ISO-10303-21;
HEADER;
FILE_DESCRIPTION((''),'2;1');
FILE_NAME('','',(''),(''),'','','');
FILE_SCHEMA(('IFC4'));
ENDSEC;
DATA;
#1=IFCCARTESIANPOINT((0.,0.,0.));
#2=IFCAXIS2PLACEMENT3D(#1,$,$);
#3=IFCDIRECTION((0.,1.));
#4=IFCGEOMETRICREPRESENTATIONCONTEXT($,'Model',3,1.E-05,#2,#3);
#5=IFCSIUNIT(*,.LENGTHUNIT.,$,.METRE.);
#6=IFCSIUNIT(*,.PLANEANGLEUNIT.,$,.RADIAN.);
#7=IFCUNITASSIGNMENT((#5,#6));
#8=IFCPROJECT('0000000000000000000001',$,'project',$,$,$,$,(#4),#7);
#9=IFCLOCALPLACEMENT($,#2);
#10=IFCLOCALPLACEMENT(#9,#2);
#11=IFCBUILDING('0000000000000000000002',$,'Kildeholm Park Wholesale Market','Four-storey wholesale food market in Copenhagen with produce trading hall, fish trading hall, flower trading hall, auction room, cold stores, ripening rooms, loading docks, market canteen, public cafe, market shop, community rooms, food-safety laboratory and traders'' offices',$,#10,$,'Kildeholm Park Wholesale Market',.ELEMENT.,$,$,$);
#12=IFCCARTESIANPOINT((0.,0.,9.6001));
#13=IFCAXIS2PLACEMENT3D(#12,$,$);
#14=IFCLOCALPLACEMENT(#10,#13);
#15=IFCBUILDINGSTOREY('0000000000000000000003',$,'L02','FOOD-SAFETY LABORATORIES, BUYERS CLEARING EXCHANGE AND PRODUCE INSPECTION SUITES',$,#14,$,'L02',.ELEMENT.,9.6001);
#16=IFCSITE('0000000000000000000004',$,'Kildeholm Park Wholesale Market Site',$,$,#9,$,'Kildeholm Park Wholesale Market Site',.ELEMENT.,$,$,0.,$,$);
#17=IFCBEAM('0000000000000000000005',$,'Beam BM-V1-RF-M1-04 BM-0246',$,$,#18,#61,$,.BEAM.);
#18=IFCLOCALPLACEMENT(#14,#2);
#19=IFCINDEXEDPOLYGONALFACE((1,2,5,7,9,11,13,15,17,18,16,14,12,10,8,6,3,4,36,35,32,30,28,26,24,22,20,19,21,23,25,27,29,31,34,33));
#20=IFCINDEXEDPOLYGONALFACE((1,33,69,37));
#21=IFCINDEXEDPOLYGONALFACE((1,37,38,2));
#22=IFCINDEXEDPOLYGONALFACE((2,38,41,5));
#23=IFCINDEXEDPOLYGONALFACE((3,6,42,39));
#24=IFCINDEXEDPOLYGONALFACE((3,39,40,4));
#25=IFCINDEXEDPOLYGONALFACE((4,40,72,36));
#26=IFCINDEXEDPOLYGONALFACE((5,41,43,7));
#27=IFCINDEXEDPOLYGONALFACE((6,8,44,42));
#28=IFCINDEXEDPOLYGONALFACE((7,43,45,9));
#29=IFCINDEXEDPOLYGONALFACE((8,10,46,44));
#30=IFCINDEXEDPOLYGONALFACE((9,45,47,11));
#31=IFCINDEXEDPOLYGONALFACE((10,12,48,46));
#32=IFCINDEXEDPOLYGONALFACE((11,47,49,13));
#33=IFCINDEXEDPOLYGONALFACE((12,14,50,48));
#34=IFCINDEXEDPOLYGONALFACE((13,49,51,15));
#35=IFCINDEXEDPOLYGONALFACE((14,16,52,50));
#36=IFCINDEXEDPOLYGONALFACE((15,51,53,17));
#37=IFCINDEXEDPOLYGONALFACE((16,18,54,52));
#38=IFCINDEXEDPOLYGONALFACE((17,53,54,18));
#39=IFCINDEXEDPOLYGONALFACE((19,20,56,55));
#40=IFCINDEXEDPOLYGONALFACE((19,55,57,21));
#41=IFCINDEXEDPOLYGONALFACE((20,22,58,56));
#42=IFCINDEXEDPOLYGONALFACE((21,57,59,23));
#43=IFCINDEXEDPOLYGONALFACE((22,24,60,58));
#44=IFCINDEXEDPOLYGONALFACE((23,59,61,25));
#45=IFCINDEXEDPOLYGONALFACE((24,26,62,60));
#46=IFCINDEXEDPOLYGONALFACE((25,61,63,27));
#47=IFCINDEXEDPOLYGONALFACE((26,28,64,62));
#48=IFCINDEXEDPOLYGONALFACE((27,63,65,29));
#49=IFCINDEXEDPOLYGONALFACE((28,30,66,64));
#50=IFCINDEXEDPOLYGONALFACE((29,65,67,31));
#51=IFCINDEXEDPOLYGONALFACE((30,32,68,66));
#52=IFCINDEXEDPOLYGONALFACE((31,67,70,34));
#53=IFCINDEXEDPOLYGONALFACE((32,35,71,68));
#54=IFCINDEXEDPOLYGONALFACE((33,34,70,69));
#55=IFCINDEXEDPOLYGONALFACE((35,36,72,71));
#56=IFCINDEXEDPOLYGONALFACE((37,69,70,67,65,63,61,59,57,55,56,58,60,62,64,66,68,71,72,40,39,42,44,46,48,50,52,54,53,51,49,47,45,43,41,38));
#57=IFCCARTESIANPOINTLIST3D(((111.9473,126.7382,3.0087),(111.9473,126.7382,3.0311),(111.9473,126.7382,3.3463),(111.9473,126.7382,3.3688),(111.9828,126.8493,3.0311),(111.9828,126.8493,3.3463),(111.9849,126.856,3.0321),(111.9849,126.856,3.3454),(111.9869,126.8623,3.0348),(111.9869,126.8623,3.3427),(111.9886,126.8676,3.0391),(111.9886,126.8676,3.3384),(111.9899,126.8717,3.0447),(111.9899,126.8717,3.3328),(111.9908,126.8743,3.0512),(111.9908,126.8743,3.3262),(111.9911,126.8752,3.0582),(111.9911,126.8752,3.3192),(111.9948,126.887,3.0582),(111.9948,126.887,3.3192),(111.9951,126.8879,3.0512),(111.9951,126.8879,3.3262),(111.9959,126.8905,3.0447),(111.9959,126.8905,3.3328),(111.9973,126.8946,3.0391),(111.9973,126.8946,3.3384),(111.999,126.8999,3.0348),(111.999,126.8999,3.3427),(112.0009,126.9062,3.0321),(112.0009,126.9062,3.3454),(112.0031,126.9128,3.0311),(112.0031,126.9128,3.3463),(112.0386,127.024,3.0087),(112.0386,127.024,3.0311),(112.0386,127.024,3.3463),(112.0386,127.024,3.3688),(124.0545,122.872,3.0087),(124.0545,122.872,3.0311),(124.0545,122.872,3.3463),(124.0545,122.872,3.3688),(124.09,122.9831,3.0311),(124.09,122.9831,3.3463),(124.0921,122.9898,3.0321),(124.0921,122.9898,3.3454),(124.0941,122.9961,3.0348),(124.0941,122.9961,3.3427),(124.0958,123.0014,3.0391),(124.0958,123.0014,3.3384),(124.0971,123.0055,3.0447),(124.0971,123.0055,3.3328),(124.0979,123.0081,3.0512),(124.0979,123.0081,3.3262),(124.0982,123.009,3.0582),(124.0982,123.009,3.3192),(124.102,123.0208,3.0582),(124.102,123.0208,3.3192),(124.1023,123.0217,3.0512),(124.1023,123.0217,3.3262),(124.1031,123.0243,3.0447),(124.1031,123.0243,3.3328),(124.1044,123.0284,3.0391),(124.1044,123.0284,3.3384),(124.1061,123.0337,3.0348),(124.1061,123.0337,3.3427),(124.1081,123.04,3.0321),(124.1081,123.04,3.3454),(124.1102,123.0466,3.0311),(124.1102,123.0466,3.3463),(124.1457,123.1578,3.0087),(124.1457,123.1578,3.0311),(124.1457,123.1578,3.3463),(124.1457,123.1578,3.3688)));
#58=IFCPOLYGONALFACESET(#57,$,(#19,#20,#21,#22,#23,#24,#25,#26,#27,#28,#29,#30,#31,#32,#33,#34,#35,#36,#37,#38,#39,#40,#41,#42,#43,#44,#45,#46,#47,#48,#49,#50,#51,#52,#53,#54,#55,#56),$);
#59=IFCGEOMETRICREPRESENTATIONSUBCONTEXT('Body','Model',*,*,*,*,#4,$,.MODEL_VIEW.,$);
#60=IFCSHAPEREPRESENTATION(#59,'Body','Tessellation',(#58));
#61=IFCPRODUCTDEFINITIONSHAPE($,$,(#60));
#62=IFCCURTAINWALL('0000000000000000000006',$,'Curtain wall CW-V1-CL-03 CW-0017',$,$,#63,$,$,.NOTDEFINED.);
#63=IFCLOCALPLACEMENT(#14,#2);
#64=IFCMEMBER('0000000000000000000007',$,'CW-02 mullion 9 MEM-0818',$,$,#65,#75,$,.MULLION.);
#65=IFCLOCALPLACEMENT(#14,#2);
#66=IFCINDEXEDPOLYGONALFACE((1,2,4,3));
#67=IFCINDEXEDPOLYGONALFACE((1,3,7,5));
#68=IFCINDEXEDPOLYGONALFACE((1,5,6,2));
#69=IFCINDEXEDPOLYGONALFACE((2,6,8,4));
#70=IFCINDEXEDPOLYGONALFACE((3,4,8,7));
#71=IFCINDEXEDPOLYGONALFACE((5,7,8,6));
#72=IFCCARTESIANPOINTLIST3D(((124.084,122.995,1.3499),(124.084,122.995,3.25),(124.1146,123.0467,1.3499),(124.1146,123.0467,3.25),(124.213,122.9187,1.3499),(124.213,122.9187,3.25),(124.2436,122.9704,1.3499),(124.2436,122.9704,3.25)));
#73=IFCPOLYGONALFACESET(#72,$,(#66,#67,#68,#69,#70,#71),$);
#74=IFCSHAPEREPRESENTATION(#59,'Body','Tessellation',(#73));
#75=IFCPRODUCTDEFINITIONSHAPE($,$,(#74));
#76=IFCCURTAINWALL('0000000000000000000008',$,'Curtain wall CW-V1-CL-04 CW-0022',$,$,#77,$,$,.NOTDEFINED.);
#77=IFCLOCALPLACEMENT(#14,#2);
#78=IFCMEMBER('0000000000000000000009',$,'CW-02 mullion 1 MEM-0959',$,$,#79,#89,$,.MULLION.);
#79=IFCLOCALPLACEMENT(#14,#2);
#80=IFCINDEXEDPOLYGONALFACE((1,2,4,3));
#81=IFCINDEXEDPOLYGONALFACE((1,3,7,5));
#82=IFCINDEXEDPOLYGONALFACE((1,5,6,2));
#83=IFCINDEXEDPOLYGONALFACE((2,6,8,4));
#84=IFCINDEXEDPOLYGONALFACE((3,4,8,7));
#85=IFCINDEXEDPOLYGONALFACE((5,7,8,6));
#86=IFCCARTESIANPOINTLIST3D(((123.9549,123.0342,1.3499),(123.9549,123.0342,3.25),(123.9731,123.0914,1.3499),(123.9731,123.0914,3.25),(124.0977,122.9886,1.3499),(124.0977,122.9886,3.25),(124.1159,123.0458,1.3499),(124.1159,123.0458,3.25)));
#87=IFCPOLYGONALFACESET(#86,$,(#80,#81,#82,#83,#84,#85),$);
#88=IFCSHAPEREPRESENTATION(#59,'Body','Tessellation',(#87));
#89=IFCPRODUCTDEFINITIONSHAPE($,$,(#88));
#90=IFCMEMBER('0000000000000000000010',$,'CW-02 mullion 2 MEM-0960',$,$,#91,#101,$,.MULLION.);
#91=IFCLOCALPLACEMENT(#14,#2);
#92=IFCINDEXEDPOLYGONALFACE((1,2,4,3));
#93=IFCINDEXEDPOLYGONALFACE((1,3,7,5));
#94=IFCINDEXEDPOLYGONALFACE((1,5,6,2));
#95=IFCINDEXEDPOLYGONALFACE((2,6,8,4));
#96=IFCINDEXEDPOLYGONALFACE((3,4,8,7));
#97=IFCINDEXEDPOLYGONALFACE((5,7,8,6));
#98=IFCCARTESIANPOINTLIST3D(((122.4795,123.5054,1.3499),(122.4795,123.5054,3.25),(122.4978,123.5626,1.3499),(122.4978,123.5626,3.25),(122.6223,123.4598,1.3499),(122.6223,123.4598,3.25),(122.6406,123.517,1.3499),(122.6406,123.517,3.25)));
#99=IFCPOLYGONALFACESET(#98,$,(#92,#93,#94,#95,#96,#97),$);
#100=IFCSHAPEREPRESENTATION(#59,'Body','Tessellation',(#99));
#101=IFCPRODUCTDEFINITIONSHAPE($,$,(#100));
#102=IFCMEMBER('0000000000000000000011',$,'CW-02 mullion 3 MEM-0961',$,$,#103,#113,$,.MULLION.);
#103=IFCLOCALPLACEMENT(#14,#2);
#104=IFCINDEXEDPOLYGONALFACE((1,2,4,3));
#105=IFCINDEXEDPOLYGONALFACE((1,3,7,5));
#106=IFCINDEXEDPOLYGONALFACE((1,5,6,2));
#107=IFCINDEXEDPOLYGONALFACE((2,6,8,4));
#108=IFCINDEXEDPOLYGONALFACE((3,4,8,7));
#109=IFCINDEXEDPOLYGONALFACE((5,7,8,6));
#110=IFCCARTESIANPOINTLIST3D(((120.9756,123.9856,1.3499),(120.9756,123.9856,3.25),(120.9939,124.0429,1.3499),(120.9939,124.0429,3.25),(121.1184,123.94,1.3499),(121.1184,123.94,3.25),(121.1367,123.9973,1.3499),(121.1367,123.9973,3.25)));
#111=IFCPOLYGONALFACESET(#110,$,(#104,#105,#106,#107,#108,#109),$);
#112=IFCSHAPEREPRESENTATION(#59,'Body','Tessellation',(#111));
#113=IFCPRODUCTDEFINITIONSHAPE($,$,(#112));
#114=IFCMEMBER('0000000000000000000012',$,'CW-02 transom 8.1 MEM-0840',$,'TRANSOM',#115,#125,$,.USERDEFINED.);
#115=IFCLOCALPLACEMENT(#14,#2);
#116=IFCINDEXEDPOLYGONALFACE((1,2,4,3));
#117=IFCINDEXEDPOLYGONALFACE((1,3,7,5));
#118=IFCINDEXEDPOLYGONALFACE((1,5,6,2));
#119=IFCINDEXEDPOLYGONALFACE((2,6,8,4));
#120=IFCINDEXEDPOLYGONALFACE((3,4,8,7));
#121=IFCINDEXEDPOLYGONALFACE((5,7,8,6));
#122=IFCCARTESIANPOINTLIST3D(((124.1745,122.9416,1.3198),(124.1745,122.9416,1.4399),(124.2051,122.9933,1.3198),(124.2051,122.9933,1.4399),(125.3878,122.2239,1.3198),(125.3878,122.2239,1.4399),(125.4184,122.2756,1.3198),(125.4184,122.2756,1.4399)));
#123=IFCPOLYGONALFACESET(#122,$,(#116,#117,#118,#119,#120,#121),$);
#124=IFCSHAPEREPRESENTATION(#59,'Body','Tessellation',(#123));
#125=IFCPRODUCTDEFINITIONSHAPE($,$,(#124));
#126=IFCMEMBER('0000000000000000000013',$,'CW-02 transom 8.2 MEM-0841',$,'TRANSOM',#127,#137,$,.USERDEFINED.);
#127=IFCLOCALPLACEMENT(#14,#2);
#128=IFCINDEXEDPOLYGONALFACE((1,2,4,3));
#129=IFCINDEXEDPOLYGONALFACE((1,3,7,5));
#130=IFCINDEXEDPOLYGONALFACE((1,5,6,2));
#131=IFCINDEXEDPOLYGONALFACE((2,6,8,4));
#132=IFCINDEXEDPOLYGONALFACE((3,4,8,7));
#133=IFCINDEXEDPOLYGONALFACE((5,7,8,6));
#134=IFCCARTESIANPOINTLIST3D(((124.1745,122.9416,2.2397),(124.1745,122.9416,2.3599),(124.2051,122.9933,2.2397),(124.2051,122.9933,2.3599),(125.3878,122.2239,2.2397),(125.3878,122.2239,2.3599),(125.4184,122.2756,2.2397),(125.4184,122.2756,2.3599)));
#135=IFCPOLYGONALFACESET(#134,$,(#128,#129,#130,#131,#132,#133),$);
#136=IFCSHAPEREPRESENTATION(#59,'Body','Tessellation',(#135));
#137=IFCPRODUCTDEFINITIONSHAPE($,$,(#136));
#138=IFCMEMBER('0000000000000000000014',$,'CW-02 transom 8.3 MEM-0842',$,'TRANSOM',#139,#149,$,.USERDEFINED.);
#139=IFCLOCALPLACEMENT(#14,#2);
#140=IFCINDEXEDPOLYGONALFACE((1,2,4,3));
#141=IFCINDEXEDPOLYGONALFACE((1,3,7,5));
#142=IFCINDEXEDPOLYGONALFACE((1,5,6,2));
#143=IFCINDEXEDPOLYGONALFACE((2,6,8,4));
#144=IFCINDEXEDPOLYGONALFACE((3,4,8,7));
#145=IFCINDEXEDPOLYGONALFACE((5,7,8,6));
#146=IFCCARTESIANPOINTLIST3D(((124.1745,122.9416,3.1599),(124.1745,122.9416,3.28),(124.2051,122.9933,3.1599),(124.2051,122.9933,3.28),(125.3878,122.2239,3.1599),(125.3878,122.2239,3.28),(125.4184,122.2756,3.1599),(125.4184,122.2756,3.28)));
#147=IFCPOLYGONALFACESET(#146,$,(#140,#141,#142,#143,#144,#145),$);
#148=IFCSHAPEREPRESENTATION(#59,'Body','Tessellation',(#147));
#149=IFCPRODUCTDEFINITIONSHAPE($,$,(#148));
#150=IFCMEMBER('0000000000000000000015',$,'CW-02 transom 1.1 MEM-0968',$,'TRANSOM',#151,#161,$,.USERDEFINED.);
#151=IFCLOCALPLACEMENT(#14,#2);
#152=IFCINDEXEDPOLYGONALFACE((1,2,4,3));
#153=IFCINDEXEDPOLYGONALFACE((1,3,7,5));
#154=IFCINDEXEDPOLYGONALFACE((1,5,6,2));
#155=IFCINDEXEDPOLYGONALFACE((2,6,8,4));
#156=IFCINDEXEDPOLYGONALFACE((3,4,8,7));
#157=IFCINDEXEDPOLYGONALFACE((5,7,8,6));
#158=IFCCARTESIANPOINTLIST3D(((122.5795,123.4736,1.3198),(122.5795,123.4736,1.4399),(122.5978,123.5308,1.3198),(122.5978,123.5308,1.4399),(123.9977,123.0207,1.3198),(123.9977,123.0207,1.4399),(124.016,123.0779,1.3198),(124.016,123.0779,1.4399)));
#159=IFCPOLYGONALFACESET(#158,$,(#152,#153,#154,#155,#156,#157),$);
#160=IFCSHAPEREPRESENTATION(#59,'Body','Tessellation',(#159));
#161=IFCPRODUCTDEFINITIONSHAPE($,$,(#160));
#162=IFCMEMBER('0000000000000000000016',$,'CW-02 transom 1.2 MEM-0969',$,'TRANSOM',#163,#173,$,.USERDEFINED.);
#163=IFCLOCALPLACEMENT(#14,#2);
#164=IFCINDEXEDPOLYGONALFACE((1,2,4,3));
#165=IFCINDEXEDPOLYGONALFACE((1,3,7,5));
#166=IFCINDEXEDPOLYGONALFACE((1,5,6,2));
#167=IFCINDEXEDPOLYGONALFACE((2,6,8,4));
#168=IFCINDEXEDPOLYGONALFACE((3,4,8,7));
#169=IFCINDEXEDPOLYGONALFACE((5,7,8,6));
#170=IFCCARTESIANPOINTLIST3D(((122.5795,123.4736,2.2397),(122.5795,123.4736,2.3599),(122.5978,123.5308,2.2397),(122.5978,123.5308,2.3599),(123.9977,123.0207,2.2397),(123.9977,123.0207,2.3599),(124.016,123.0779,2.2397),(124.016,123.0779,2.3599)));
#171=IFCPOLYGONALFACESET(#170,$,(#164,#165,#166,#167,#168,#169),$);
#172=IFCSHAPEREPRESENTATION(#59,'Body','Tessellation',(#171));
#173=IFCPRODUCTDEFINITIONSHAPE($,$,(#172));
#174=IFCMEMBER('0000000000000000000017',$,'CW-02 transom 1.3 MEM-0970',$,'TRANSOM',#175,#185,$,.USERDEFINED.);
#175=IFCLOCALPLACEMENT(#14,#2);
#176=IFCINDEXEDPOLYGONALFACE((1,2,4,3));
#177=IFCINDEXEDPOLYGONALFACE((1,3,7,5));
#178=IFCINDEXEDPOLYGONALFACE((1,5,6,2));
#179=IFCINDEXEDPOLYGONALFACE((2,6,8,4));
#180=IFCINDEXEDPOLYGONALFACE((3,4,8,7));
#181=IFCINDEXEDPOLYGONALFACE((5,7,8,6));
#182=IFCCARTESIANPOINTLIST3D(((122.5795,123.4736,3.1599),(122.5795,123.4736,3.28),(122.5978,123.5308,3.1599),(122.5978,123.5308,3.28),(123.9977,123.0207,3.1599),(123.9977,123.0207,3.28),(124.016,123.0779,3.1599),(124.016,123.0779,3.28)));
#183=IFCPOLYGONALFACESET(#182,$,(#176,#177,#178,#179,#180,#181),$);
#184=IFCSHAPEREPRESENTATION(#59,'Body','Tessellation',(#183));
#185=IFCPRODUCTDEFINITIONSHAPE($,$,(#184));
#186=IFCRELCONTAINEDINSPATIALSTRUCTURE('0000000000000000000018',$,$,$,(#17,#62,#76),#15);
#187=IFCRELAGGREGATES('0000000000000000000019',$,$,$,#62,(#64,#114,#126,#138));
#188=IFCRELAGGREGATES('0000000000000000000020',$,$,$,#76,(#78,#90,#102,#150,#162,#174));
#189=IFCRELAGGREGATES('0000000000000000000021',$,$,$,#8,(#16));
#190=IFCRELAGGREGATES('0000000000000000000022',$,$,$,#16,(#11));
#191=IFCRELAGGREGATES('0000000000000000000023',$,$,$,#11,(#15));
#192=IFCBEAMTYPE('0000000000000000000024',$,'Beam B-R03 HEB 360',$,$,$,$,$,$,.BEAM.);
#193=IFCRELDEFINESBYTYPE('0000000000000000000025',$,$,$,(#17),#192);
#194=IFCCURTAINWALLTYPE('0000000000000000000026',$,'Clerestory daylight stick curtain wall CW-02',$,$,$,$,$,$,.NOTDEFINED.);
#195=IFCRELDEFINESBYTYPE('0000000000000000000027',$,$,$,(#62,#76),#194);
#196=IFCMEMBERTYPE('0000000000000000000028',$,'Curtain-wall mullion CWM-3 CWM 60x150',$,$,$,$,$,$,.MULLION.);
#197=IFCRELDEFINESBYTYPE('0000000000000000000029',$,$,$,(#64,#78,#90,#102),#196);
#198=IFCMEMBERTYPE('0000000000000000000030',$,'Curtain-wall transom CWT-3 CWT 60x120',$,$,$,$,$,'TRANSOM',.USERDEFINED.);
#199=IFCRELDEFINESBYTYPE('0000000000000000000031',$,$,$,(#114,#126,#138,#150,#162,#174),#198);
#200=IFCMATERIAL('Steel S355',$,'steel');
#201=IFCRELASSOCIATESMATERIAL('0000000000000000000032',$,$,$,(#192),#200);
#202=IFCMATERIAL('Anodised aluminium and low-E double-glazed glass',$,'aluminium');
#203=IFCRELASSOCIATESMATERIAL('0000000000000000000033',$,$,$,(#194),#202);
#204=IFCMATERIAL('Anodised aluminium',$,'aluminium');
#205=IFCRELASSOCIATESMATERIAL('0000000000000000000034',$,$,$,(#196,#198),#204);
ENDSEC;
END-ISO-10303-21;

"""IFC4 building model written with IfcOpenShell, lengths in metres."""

from ifc_helpers import new_model, si_unit, direction, frame, origin, origin_2d, place, context, subcontext, project, spatial, rectangle, i_section, extrude, material, material_profile, profile_set, type_object, element, aggregate, save


model = new_model("IFC4")

# Units and contexts
model_context = context("Model", 3, precision=1e-05, world=origin(), true_north=direction((0.0, 1.0)))
body_context = subcontext(model_context, "Body", "Model", "MODEL_VIEW")
ifc_project = project(units=[si_unit("LENGTHUNIT", "METRE"), si_unit("PLANEANGLEUNIT", "RADIAN")], contexts=[model_context])

# Site, building, storey
site_placement = place(None, origin())
site = spatial("IfcSite", under=ifc_project, at=site_placement, Name="Kildeholm Park Wholesale Market Site", LongName="Kildeholm Park Wholesale Market Site", CompositionType="ELEMENT", RefElevation=0.0)
building_placement = place(site_placement, origin())
building = spatial("IfcBuilding", under=site, at=building_placement, Name="Kildeholm Park Wholesale Market", Description="Four-storey wholesale food market in Copenhagen with produce trading hall, fish trading hall, flower trading hall, auction room, cold stores, ripening rooms, loading docks, market canteen, public cafe, market shop, community rooms, food-safety laboratory and traders' offices", LongName="Kildeholm Park Wholesale Market", CompositionType="ELEMENT")
storey_placement = place(building_placement, frame((0.0, 0.0, 9.6001)))
storey = spatial("IfcBuildingStorey", under=building, at=storey_placement, Name="L02", Description="FOOD-SAFETY LABORATORIES, BUYERS CLEARING EXCHANGE AND PRODUCE INSPECTION SUITES", LongName="L02", CompositionType="ELEMENT", Elevation=9.6001)

# Shared definitions
ifc_material_1 = material(Name="Steel S355", Category="steel")

# Beam
ifc_material_profile_1 = material_profile(ifc_material_1, i_section(OverallWidth=0.3, OverallDepth=0.3601, WebThickness=0.0125, FlangeThickness=0.0225, FilletRadius=0.0271, at=origin_2d()), Name="HEB 360")
ifc_profile_set_1 = profile_set([ifc_material_profile_1], Name="Steel S355")
beam_type_1 = type_object("IfcBeamType", Name="Beam B-R03 HEB 360", PredefinedType="BEAM", material=ifc_profile_set_1)
beam_1_placement = place(storey_placement, frame((124.1001, 123.0149, 3.1887), z_axis=(-0.952609, 0.304199, 0.0), x_axis=(-0.304199, -0.952609, 0.0)))
element("IfcBeam", 1, at=beam_1_placement, inside=storey, type_object=beam_type_1, Name="Beam BM-V1-RF-M1-04 BM-0246", PredefinedType="BEAM", context=body_context, shape_type="SweptSolid", body=[
    extrude(i_section(OverallWidth=0.3, OverallDepth=0.3601, WebThickness=0.0125, FlangeThickness=0.0225, FilletRadius=0.0271, at=origin_2d()), origin(), (0.0, 0.0, 1.0), 12.7095),
])

# Curtain wall, member
ifc_material_2 = material(Name="Anodised aluminium and low-E double-glazed glass", Category="aluminium")
curtain_wall_type = type_object("IfcCurtainWallType", Name="Clerestory daylight stick curtain wall CW-02", PredefinedType="NOTDEFINED", material=ifc_material_2)
curtain_wall_1_placement = place(storey_placement, origin())
curtain_wall_1 = element("IfcCurtainWall", 2, at=curtain_wall_1_placement, inside=storey, type_object=curtain_wall_type, Name="Curtain wall CW-V1-CL-03 CW-0017", PredefinedType="NOTDEFINED")
ifc_material_3 = material(Name="Anodised aluminium", Category="aluminium")
ifc_material_profile_2 = material_profile(ifc_material_3, rectangle(XDim=0.0601, YDim=0.1499, at=origin_2d()), Name="CWM 60x150")
ifc_profile_set_2 = profile_set([ifc_material_profile_2], Name="Anodised aluminium")
member_type_1 = type_object("IfcMemberType", Name="Curtain-wall mullion CWM-3 CWM 60x150", PredefinedType="MULLION", material=ifc_profile_set_2)
member_1_placement = place(storey_placement, frame((124.1638, 122.9827, 1.3499), z_axis=(0.0, 0.0, 1.0), x_axis=(-0.509105, -0.860704, 0.0)))
member_1 = element("IfcMember", 3, at=member_1_placement, type_object=member_type_1, Name="CW-02 mullion 9 MEM-0818", PredefinedType="MULLION", context=body_context, shape_type="SweptSolid", body=[
    extrude(rectangle(XDim=0.0601, YDim=0.1499, at=origin_2d()), origin(), (0.0, 0.0, 1.0), 1.9001),
])

# Curtain wall, members
curtain_wall_2_placement = place(storey_placement, origin())
curtain_wall_2 = element("IfcCurtainWall", 4, at=curtain_wall_2_placement, inside=storey, type_object=curtain_wall_type, Name="Curtain wall CW-V1-CL-04 CW-0022", PredefinedType="NOTDEFINED")
member_2_placement = place(storey_placement, frame((124.0354, 123.04, 1.3499), z_axis=(0.0, 0.0, 1.0), x_axis=(-0.304207, -0.952606, 0.0)))
member_2 = element("IfcMember", 5, at=member_2_placement, type_object=member_type_1, Name="CW-02 mullion 1 MEM-0959", PredefinedType="MULLION", context=body_context, shape_type="SweptSolid", body=[
    extrude(rectangle(XDim=0.0601, YDim=0.1499, at=origin_2d()), origin(), (0.0, 0.0, 1.0), 1.9001),
])
member_3_placement = place(storey_placement, frame((122.5601, 123.5112, 1.3499), z_axis=(0.0, 0.0, 1.0), x_axis=(-0.304207, -0.952606, 0.0)))
member_3 = element("IfcMember", 6, at=member_3_placement, type_object=member_type_1, Name="CW-02 mullion 2 MEM-0960", PredefinedType="MULLION", context=body_context, shape_type="SweptSolid", body=[
    extrude(rectangle(XDim=0.0601, YDim=0.1499, at=origin_2d()), origin(), (0.0, 0.0, 1.0), 1.9001),
])
member_4_placement = place(storey_placement, frame((121.0562, 123.9915, 1.3499), z_axis=(0.0, 0.0, 1.0), x_axis=(-0.304207, -0.952606, 0.0)))
member_4 = element("IfcMember", 7, at=member_4_placement, type_object=member_type_1, Name="CW-02 mullion 3 MEM-0961", PredefinedType="MULLION", context=body_context, shape_type="SweptSolid", body=[
    extrude(rectangle(XDim=0.0601, YDim=0.1499, at=origin_2d()), origin(), (0.0, 0.0, 1.0), 1.9001),
])

# Members
ifc_material_profile_3 = material_profile(ifc_material_3, rectangle(XDim=0.0601, YDim=0.1201, at=origin_2d()), Name="CWT 60x120")
ifc_profile_set_3 = profile_set([ifc_material_profile_3], Name="Anodised aluminium")
member_type_2 = type_object("IfcMemberType", Name="Curtain-wall transom CWT-3 CWT 60x120", ElementType="TRANSOM", PredefinedType="USERDEFINED", material=ifc_profile_set_3)
member_5_placement = place(storey_placement, frame((125.4031, 122.2498, 1.3799), z_axis=(-0.860685, 0.509138, 0.0), x_axis=(-0.509138, -0.860685, 0.0)))
member_5 = element("IfcMember", 8, at=member_5_placement, type_object=member_type_2, Name="CW-02 transom 8.1 MEM-0840", ObjectType="TRANSOM", PredefinedType="USERDEFINED", context=body_context, shape_type="SweptSolid", body=[
    extrude(rectangle(XDim=0.0601, YDim=0.1201, at=origin_2d()), origin(), (0.0, 0.0, 1.0), 1.4097),
])
member_6_placement = place(storey_placement, frame((125.4031, 122.2498, 2.2998), z_axis=(-0.860685, 0.509138, 0.0), x_axis=(-0.509138, -0.860685, 0.0)))
member_6 = element("IfcMember", 9, at=member_6_placement, type_object=member_type_2, Name="CW-02 transom 8.2 MEM-0841", ObjectType="TRANSOM", PredefinedType="USERDEFINED", context=body_context, shape_type="SweptSolid", body=[
    extrude(rectangle(XDim=0.0601, YDim=0.1201, at=origin_2d()), origin(), (0.0, 0.0, 1.0), 1.4097),
])
member_7_placement = place(storey_placement, frame((125.4031, 122.2498, 3.22), z_axis=(-0.860685, 0.509138, 0.0), x_axis=(-0.509138, -0.860685, 0.0)))
member_7 = element("IfcMember", 10, at=member_7_placement, type_object=member_type_2, Name="CW-02 transom 8.3 MEM-0842", ObjectType="TRANSOM", PredefinedType="USERDEFINED", context=body_context, shape_type="SweptSolid", body=[
    extrude(rectangle(XDim=0.0601, YDim=0.1201, at=origin_2d()), origin(), (0.0, 0.0, 1.0), 1.4097),
])
member_8_placement = place(storey_placement, frame((124.0068, 123.0493, 1.3799), z_axis=(-0.952609, 0.304198, 0.0), x_axis=(-0.304198, -0.952609, 0.0)))
member_8 = element("IfcMember", 11, at=member_8_placement, type_object=member_type_2, Name="CW-02 transom 1.1 MEM-0968", ObjectType="TRANSOM", PredefinedType="USERDEFINED", context=body_context, shape_type="SweptSolid", body=[
    extrude(rectangle(XDim=0.0601, YDim=0.1201, at=origin_2d()), origin(), (0.0, 0.0, 1.0), 1.4888),
])
member_9_placement = place(storey_placement, frame((124.0068, 123.0493, 2.2998), z_axis=(-0.952609, 0.304198, 0.0), x_axis=(-0.304198, -0.952609, 0.0)))
member_9 = element("IfcMember", 12, at=member_9_placement, type_object=member_type_2, Name="CW-02 transom 1.2 MEM-0969", ObjectType="TRANSOM", PredefinedType="USERDEFINED", context=body_context, shape_type="SweptSolid", body=[
    extrude(rectangle(XDim=0.0601, YDim=0.1201, at=origin_2d()), origin(), (0.0, 0.0, 1.0), 1.4888),
])
member_10_placement = place(storey_placement, frame((124.0068, 123.0493, 3.22), z_axis=(-0.952609, 0.304198, 0.0), x_axis=(-0.304198, -0.952609, 0.0)))
member_10 = element("IfcMember", 13, at=member_10_placement, type_object=member_type_2, Name="CW-02 transom 1.3 MEM-0970", ObjectType="TRANSOM", PredefinedType="USERDEFINED", context=body_context, shape_type="SweptSolid", body=[
    extrude(rectangle(XDim=0.0601, YDim=0.1201, at=origin_2d()), origin(), (0.0, 0.0, 1.0), 1.4888),
])

aggregate(curtain_wall_1, [member_1, member_5, member_6, member_7])
aggregate(curtain_wall_2, [member_2, member_3, member_4, member_8, member_9, member_10])

save(model, "model.ifc")
